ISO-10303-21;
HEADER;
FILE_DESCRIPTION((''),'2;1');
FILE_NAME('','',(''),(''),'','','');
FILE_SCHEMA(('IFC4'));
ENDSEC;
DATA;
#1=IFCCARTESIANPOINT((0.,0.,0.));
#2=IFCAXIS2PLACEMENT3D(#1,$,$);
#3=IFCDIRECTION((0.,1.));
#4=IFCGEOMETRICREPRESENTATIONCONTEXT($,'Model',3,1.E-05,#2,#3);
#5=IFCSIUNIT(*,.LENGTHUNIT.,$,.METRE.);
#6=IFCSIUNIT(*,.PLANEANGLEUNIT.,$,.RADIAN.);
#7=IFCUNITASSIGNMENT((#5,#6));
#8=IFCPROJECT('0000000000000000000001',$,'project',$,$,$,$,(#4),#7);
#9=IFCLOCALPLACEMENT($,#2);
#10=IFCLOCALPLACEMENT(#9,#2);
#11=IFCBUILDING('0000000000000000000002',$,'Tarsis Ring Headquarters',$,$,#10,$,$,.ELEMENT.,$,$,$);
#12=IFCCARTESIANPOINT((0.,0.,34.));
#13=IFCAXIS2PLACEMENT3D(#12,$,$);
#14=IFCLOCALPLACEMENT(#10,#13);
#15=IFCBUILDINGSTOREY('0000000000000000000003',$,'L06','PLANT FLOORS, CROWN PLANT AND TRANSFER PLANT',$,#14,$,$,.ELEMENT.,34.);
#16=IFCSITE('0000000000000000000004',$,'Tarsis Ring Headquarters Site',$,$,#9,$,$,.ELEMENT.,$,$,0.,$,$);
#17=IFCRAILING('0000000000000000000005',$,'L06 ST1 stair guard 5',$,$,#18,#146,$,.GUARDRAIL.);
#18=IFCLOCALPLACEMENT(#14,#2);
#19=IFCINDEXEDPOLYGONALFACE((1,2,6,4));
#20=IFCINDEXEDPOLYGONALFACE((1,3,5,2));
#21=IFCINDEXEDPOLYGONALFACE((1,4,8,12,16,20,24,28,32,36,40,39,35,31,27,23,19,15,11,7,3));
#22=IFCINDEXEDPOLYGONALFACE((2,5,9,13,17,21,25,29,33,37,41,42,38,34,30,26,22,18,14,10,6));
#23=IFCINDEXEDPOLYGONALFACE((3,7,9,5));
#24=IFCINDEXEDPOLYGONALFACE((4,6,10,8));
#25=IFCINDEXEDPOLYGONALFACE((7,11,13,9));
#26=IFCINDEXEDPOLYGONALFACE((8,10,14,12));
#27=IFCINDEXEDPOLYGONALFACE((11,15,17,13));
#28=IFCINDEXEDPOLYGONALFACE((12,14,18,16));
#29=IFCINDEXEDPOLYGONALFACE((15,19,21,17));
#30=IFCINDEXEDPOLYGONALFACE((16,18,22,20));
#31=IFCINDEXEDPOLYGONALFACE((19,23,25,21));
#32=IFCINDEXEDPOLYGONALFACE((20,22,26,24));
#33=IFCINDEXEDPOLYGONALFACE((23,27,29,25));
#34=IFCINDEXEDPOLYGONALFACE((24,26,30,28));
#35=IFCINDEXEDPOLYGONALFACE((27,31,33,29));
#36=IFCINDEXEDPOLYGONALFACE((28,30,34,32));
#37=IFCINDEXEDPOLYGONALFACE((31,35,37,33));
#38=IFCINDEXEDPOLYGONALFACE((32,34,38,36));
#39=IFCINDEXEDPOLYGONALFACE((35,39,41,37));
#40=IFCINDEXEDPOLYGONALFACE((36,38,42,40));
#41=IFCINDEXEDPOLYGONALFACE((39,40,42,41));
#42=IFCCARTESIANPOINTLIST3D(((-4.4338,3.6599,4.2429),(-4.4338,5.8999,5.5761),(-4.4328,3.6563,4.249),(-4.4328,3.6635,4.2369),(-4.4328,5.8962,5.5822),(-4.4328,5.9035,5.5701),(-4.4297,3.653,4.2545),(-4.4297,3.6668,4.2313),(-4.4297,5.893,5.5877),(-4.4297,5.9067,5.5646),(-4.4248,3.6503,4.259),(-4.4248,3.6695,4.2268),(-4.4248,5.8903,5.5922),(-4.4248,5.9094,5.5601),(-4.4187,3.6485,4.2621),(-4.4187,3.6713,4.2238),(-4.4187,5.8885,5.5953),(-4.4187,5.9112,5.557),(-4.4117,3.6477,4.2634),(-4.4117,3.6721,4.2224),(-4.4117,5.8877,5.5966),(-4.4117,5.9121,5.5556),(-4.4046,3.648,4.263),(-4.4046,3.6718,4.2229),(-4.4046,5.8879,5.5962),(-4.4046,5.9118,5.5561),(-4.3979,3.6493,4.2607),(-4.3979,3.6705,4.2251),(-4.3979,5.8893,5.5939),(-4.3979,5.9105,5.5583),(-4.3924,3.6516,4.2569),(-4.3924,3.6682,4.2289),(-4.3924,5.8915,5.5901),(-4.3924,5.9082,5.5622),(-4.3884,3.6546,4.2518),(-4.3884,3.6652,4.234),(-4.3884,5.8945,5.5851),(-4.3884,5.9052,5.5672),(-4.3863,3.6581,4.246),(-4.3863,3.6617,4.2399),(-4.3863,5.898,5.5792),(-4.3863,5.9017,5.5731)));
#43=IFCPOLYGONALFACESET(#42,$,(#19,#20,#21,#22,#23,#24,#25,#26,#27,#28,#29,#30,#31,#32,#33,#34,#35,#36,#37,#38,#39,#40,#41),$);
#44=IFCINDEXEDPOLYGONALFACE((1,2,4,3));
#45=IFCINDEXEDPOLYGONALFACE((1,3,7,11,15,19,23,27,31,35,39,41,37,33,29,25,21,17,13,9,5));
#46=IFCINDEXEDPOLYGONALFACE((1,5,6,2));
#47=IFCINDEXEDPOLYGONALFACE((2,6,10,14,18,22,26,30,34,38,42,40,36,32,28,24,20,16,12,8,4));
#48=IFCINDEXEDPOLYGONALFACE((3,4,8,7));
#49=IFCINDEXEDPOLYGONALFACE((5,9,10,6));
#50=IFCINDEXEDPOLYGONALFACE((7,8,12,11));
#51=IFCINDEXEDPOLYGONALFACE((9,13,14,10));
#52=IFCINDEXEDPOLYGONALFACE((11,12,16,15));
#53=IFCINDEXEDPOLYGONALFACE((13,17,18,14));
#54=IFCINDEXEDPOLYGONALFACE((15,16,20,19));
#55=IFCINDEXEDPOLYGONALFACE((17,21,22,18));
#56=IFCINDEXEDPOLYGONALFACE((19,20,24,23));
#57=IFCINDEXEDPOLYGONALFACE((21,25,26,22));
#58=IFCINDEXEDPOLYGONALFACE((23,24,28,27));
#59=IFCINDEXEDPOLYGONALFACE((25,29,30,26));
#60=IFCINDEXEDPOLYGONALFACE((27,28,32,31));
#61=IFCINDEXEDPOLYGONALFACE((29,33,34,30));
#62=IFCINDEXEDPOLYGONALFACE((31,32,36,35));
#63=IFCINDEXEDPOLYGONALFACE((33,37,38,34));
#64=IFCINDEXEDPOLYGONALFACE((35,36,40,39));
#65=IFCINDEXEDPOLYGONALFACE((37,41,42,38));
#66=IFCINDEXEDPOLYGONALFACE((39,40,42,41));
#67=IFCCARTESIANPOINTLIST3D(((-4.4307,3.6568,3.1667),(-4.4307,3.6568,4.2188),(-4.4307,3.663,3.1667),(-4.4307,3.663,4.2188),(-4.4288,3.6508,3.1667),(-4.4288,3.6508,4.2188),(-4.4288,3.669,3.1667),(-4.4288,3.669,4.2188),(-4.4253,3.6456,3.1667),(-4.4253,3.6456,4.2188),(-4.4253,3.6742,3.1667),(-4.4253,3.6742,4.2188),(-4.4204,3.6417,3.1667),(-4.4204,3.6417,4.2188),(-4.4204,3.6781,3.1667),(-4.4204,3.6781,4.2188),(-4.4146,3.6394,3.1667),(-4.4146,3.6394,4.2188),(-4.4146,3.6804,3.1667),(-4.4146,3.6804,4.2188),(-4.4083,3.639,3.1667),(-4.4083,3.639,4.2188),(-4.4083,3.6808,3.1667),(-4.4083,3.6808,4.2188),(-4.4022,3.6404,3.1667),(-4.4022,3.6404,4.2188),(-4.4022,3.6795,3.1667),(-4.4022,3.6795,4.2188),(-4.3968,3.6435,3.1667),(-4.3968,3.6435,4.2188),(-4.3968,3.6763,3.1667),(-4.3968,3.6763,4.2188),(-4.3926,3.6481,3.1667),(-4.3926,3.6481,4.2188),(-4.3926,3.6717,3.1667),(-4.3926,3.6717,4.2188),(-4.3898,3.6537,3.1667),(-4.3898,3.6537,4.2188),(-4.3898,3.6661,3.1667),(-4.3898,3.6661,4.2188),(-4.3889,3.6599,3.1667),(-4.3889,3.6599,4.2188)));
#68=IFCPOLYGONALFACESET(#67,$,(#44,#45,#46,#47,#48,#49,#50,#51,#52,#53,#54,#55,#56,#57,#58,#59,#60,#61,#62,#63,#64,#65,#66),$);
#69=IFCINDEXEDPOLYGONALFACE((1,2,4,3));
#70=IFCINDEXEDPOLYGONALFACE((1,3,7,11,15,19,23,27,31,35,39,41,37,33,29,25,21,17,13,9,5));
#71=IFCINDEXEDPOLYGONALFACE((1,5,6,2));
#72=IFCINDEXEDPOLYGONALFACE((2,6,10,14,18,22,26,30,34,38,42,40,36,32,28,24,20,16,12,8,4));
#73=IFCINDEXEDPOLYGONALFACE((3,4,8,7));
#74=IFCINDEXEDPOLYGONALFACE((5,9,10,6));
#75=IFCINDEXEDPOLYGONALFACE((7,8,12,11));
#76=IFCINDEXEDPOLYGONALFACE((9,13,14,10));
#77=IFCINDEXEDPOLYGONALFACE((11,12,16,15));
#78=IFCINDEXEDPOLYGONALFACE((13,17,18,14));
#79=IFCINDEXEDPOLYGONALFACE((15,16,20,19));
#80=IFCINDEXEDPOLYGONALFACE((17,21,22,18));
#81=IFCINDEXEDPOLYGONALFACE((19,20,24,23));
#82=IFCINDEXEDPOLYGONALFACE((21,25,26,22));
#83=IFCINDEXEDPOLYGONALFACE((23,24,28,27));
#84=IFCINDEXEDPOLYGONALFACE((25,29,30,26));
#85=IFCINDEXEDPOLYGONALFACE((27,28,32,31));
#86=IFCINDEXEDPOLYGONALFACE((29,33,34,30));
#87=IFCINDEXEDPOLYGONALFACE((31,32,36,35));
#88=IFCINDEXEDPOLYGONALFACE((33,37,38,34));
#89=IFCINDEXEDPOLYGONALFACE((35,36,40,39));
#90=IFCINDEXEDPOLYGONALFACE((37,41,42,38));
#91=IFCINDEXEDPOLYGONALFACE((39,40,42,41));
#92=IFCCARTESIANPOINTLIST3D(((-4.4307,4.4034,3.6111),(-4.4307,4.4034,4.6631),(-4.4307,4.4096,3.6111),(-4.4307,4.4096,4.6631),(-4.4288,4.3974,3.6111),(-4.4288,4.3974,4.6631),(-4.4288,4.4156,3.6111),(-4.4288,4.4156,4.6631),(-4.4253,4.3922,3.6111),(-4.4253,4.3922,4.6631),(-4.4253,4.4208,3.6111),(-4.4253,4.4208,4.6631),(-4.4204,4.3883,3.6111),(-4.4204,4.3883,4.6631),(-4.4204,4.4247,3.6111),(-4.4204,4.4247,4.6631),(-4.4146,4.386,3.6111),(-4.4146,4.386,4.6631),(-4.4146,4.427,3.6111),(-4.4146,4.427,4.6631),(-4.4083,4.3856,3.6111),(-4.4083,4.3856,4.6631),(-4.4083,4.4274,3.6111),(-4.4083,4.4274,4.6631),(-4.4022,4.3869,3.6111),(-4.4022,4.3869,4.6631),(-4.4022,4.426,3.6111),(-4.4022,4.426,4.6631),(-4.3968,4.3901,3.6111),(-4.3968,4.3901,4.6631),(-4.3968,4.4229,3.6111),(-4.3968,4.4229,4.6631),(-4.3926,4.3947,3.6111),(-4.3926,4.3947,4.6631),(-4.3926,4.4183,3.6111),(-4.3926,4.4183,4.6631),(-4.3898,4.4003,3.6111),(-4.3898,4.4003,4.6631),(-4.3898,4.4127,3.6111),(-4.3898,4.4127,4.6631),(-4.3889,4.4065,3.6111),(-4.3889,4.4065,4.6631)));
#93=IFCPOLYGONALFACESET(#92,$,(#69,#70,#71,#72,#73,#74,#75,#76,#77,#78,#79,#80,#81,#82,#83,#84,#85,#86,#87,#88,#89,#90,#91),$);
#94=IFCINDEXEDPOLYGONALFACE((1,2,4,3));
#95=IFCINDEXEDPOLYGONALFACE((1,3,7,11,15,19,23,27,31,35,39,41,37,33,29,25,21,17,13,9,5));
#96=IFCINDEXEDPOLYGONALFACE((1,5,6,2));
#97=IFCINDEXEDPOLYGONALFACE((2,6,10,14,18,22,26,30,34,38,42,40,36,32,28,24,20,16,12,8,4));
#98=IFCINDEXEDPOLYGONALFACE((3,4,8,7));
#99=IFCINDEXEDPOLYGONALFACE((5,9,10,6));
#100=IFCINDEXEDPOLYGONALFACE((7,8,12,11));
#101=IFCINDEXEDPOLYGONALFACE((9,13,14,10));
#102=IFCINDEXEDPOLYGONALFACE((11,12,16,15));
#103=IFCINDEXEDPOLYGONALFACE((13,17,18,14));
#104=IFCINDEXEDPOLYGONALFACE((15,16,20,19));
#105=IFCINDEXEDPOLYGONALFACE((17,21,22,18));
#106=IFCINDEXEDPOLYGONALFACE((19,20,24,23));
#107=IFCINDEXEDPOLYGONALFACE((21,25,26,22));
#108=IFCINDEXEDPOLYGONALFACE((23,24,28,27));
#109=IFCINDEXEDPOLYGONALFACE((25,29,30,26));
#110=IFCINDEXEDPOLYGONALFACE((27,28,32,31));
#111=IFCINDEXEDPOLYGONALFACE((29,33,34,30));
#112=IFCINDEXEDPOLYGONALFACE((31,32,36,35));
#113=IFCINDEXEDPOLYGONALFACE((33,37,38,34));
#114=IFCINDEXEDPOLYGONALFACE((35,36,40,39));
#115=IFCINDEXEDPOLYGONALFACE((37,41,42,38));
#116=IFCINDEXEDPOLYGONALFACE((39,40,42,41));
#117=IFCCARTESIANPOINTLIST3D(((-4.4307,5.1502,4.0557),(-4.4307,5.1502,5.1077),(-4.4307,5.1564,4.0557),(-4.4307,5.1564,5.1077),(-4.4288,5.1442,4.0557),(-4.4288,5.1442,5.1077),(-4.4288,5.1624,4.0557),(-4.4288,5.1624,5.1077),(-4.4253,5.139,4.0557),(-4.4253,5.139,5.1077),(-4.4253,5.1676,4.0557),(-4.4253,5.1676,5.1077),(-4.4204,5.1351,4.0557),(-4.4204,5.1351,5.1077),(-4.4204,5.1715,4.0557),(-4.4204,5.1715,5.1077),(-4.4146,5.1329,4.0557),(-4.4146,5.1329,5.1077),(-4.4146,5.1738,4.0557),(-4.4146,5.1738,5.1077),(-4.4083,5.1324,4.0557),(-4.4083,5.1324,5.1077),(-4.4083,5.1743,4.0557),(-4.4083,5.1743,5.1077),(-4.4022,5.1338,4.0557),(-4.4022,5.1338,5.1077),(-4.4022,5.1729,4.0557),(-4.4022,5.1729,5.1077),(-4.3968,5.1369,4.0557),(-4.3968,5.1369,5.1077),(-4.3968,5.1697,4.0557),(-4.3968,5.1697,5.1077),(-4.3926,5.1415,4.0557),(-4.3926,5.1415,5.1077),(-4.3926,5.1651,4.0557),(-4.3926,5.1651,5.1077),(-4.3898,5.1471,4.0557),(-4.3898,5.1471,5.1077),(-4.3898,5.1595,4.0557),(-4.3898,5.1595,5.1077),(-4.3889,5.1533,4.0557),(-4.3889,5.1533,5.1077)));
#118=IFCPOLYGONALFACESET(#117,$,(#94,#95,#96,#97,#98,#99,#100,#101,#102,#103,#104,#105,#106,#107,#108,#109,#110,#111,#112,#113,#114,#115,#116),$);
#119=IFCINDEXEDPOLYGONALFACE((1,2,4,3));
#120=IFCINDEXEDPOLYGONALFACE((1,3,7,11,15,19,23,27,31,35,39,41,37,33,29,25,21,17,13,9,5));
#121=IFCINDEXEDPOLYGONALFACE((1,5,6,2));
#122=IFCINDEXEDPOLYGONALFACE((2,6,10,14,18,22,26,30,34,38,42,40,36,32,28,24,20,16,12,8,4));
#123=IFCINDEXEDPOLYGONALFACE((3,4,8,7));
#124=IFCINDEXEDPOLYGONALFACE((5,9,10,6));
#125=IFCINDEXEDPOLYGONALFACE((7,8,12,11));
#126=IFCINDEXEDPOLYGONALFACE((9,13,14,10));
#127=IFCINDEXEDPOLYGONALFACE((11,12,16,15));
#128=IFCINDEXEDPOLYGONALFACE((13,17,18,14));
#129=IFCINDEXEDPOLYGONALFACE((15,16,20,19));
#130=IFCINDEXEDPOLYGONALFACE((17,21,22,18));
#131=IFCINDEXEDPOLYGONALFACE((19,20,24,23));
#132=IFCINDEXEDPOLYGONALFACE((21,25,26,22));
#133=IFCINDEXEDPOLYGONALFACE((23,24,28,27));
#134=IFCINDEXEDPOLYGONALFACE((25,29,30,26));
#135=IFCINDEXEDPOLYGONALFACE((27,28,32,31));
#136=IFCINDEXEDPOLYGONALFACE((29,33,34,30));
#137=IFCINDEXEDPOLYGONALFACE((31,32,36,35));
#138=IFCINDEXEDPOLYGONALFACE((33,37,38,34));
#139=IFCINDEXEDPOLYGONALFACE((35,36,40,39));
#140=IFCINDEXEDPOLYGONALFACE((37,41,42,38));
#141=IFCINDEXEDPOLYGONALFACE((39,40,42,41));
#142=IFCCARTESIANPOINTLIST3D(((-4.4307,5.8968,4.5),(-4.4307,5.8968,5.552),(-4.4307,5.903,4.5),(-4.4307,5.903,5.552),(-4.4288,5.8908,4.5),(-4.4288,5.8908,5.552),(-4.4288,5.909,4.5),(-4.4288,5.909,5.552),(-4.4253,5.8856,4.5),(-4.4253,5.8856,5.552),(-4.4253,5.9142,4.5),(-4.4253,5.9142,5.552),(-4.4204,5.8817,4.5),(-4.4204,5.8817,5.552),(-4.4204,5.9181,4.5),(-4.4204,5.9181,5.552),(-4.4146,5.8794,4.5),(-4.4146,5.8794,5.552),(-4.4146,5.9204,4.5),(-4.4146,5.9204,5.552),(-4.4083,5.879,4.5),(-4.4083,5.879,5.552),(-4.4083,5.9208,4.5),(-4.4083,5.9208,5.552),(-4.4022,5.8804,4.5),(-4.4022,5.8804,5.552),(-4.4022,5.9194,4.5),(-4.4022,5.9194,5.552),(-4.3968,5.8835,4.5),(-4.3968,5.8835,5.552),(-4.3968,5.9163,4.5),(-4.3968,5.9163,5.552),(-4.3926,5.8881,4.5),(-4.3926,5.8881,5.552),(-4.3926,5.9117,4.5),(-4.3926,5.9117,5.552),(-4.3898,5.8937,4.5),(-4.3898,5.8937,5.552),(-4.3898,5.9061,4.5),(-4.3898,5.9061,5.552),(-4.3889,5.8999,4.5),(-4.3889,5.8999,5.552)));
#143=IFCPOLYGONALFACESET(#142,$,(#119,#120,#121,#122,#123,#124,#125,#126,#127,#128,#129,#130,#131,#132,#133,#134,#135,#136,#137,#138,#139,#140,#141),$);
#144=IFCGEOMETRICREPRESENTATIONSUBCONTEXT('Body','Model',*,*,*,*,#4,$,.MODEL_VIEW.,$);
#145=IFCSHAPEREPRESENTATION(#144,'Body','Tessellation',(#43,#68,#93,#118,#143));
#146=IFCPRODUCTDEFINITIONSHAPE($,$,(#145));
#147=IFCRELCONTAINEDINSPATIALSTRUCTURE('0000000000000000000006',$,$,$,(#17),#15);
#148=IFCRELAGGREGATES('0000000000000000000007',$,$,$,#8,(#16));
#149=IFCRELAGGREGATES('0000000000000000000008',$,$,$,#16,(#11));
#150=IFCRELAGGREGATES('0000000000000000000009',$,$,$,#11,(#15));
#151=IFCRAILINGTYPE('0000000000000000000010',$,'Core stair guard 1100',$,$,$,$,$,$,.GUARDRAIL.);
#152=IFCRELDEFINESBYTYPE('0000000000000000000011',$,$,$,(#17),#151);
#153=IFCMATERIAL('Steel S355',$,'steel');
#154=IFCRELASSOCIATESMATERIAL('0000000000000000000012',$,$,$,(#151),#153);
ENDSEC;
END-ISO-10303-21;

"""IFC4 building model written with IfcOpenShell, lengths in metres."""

from ifc_helpers import new_model, si_unit, direction, frame, origin, origin_2d, place, context, subcontext, project, spatial, circle, extrude, material, type_object, element, save


model = new_model("IFC4")

# Units and contexts
model_context = context("Model", 3, precision=1e-05, world=origin(), true_north=direction((0.0, 1.0)))
body_context = subcontext(model_context, "Body", "Model", "MODEL_VIEW")
ifc_project = project(units=[si_unit("LENGTHUNIT", "METRE"), si_unit("PLANEANGLEUNIT", "RADIAN")], contexts=[model_context])

# Site, building, storey
site_placement = place(None, origin())
site = spatial("IfcSite", under=ifc_project, at=site_placement, Name="Tarsis Ring Headquarters Site", CompositionType="ELEMENT", RefElevation=0.0)
building_placement = place(site_placement, origin())
building = spatial("IfcBuilding", under=site, at=building_placement, Name="Tarsis Ring Headquarters", CompositionType="ELEMENT")
storey_placement = place(building_placement, frame((0.0, 0.0, 34.0)))
storey = spatial("IfcBuildingStorey", under=building, at=storey_placement, Name="L06", Description="PLANT FLOORS, CROWN PLANT AND TRANSFER PLANT", CompositionType="ELEMENT", Elevation=34.0)

# Shared definitions
ifc_material_1 = material(Name="Steel S355", Category="steel")

# Railing
railing_type_1 = type_object("IfcRailingType", Name="Core stair guard 1100", PredefinedType="GUARDRAIL", material=ifc_material_1)
railing_1_placement = place(storey_placement, frame((-4.4099, 3.6599, 3.1667)))
element("IfcRailing", 1, at=railing_1_placement, inside=storey, type_object=railing_type_1, Name="L06 ST1 stair guard 5", PredefinedType="GUARDRAIL", context=body_context, shape_type="SweptSolid", body=[
    extrude(circle(Radius=0.0239, at=origin_2d()), frame((0.0, 0.0, 1.0762), z_axis=(0.0, 0.859306, 0.511462), x_axis=(-1.0, 0.0, 0.0)), (0.0, 0.0, 1.0), 2.6067),
    extrude(circle(Radius=0.021, at=origin_2d()), origin(), (0.0, 0.0, 1.0), 1.052),
    extrude(circle(Radius=0.021, at=origin_2d()), frame((0.0, 0.7466, 0.4443)), (0.0, 0.0, 1.0), 1.052),
    extrude(circle(Radius=0.021, at=origin_2d()), frame((0.0, 1.4934, 0.8889)), (0.0, 0.0, 1.0), 1.052),
    extrude(circle(Radius=0.021, at=origin_2d()), frame((0.0, 2.24, 1.3333)), (0.0, 0.0, 1.0), 1.052),
])

save(model, "model.ifc")
